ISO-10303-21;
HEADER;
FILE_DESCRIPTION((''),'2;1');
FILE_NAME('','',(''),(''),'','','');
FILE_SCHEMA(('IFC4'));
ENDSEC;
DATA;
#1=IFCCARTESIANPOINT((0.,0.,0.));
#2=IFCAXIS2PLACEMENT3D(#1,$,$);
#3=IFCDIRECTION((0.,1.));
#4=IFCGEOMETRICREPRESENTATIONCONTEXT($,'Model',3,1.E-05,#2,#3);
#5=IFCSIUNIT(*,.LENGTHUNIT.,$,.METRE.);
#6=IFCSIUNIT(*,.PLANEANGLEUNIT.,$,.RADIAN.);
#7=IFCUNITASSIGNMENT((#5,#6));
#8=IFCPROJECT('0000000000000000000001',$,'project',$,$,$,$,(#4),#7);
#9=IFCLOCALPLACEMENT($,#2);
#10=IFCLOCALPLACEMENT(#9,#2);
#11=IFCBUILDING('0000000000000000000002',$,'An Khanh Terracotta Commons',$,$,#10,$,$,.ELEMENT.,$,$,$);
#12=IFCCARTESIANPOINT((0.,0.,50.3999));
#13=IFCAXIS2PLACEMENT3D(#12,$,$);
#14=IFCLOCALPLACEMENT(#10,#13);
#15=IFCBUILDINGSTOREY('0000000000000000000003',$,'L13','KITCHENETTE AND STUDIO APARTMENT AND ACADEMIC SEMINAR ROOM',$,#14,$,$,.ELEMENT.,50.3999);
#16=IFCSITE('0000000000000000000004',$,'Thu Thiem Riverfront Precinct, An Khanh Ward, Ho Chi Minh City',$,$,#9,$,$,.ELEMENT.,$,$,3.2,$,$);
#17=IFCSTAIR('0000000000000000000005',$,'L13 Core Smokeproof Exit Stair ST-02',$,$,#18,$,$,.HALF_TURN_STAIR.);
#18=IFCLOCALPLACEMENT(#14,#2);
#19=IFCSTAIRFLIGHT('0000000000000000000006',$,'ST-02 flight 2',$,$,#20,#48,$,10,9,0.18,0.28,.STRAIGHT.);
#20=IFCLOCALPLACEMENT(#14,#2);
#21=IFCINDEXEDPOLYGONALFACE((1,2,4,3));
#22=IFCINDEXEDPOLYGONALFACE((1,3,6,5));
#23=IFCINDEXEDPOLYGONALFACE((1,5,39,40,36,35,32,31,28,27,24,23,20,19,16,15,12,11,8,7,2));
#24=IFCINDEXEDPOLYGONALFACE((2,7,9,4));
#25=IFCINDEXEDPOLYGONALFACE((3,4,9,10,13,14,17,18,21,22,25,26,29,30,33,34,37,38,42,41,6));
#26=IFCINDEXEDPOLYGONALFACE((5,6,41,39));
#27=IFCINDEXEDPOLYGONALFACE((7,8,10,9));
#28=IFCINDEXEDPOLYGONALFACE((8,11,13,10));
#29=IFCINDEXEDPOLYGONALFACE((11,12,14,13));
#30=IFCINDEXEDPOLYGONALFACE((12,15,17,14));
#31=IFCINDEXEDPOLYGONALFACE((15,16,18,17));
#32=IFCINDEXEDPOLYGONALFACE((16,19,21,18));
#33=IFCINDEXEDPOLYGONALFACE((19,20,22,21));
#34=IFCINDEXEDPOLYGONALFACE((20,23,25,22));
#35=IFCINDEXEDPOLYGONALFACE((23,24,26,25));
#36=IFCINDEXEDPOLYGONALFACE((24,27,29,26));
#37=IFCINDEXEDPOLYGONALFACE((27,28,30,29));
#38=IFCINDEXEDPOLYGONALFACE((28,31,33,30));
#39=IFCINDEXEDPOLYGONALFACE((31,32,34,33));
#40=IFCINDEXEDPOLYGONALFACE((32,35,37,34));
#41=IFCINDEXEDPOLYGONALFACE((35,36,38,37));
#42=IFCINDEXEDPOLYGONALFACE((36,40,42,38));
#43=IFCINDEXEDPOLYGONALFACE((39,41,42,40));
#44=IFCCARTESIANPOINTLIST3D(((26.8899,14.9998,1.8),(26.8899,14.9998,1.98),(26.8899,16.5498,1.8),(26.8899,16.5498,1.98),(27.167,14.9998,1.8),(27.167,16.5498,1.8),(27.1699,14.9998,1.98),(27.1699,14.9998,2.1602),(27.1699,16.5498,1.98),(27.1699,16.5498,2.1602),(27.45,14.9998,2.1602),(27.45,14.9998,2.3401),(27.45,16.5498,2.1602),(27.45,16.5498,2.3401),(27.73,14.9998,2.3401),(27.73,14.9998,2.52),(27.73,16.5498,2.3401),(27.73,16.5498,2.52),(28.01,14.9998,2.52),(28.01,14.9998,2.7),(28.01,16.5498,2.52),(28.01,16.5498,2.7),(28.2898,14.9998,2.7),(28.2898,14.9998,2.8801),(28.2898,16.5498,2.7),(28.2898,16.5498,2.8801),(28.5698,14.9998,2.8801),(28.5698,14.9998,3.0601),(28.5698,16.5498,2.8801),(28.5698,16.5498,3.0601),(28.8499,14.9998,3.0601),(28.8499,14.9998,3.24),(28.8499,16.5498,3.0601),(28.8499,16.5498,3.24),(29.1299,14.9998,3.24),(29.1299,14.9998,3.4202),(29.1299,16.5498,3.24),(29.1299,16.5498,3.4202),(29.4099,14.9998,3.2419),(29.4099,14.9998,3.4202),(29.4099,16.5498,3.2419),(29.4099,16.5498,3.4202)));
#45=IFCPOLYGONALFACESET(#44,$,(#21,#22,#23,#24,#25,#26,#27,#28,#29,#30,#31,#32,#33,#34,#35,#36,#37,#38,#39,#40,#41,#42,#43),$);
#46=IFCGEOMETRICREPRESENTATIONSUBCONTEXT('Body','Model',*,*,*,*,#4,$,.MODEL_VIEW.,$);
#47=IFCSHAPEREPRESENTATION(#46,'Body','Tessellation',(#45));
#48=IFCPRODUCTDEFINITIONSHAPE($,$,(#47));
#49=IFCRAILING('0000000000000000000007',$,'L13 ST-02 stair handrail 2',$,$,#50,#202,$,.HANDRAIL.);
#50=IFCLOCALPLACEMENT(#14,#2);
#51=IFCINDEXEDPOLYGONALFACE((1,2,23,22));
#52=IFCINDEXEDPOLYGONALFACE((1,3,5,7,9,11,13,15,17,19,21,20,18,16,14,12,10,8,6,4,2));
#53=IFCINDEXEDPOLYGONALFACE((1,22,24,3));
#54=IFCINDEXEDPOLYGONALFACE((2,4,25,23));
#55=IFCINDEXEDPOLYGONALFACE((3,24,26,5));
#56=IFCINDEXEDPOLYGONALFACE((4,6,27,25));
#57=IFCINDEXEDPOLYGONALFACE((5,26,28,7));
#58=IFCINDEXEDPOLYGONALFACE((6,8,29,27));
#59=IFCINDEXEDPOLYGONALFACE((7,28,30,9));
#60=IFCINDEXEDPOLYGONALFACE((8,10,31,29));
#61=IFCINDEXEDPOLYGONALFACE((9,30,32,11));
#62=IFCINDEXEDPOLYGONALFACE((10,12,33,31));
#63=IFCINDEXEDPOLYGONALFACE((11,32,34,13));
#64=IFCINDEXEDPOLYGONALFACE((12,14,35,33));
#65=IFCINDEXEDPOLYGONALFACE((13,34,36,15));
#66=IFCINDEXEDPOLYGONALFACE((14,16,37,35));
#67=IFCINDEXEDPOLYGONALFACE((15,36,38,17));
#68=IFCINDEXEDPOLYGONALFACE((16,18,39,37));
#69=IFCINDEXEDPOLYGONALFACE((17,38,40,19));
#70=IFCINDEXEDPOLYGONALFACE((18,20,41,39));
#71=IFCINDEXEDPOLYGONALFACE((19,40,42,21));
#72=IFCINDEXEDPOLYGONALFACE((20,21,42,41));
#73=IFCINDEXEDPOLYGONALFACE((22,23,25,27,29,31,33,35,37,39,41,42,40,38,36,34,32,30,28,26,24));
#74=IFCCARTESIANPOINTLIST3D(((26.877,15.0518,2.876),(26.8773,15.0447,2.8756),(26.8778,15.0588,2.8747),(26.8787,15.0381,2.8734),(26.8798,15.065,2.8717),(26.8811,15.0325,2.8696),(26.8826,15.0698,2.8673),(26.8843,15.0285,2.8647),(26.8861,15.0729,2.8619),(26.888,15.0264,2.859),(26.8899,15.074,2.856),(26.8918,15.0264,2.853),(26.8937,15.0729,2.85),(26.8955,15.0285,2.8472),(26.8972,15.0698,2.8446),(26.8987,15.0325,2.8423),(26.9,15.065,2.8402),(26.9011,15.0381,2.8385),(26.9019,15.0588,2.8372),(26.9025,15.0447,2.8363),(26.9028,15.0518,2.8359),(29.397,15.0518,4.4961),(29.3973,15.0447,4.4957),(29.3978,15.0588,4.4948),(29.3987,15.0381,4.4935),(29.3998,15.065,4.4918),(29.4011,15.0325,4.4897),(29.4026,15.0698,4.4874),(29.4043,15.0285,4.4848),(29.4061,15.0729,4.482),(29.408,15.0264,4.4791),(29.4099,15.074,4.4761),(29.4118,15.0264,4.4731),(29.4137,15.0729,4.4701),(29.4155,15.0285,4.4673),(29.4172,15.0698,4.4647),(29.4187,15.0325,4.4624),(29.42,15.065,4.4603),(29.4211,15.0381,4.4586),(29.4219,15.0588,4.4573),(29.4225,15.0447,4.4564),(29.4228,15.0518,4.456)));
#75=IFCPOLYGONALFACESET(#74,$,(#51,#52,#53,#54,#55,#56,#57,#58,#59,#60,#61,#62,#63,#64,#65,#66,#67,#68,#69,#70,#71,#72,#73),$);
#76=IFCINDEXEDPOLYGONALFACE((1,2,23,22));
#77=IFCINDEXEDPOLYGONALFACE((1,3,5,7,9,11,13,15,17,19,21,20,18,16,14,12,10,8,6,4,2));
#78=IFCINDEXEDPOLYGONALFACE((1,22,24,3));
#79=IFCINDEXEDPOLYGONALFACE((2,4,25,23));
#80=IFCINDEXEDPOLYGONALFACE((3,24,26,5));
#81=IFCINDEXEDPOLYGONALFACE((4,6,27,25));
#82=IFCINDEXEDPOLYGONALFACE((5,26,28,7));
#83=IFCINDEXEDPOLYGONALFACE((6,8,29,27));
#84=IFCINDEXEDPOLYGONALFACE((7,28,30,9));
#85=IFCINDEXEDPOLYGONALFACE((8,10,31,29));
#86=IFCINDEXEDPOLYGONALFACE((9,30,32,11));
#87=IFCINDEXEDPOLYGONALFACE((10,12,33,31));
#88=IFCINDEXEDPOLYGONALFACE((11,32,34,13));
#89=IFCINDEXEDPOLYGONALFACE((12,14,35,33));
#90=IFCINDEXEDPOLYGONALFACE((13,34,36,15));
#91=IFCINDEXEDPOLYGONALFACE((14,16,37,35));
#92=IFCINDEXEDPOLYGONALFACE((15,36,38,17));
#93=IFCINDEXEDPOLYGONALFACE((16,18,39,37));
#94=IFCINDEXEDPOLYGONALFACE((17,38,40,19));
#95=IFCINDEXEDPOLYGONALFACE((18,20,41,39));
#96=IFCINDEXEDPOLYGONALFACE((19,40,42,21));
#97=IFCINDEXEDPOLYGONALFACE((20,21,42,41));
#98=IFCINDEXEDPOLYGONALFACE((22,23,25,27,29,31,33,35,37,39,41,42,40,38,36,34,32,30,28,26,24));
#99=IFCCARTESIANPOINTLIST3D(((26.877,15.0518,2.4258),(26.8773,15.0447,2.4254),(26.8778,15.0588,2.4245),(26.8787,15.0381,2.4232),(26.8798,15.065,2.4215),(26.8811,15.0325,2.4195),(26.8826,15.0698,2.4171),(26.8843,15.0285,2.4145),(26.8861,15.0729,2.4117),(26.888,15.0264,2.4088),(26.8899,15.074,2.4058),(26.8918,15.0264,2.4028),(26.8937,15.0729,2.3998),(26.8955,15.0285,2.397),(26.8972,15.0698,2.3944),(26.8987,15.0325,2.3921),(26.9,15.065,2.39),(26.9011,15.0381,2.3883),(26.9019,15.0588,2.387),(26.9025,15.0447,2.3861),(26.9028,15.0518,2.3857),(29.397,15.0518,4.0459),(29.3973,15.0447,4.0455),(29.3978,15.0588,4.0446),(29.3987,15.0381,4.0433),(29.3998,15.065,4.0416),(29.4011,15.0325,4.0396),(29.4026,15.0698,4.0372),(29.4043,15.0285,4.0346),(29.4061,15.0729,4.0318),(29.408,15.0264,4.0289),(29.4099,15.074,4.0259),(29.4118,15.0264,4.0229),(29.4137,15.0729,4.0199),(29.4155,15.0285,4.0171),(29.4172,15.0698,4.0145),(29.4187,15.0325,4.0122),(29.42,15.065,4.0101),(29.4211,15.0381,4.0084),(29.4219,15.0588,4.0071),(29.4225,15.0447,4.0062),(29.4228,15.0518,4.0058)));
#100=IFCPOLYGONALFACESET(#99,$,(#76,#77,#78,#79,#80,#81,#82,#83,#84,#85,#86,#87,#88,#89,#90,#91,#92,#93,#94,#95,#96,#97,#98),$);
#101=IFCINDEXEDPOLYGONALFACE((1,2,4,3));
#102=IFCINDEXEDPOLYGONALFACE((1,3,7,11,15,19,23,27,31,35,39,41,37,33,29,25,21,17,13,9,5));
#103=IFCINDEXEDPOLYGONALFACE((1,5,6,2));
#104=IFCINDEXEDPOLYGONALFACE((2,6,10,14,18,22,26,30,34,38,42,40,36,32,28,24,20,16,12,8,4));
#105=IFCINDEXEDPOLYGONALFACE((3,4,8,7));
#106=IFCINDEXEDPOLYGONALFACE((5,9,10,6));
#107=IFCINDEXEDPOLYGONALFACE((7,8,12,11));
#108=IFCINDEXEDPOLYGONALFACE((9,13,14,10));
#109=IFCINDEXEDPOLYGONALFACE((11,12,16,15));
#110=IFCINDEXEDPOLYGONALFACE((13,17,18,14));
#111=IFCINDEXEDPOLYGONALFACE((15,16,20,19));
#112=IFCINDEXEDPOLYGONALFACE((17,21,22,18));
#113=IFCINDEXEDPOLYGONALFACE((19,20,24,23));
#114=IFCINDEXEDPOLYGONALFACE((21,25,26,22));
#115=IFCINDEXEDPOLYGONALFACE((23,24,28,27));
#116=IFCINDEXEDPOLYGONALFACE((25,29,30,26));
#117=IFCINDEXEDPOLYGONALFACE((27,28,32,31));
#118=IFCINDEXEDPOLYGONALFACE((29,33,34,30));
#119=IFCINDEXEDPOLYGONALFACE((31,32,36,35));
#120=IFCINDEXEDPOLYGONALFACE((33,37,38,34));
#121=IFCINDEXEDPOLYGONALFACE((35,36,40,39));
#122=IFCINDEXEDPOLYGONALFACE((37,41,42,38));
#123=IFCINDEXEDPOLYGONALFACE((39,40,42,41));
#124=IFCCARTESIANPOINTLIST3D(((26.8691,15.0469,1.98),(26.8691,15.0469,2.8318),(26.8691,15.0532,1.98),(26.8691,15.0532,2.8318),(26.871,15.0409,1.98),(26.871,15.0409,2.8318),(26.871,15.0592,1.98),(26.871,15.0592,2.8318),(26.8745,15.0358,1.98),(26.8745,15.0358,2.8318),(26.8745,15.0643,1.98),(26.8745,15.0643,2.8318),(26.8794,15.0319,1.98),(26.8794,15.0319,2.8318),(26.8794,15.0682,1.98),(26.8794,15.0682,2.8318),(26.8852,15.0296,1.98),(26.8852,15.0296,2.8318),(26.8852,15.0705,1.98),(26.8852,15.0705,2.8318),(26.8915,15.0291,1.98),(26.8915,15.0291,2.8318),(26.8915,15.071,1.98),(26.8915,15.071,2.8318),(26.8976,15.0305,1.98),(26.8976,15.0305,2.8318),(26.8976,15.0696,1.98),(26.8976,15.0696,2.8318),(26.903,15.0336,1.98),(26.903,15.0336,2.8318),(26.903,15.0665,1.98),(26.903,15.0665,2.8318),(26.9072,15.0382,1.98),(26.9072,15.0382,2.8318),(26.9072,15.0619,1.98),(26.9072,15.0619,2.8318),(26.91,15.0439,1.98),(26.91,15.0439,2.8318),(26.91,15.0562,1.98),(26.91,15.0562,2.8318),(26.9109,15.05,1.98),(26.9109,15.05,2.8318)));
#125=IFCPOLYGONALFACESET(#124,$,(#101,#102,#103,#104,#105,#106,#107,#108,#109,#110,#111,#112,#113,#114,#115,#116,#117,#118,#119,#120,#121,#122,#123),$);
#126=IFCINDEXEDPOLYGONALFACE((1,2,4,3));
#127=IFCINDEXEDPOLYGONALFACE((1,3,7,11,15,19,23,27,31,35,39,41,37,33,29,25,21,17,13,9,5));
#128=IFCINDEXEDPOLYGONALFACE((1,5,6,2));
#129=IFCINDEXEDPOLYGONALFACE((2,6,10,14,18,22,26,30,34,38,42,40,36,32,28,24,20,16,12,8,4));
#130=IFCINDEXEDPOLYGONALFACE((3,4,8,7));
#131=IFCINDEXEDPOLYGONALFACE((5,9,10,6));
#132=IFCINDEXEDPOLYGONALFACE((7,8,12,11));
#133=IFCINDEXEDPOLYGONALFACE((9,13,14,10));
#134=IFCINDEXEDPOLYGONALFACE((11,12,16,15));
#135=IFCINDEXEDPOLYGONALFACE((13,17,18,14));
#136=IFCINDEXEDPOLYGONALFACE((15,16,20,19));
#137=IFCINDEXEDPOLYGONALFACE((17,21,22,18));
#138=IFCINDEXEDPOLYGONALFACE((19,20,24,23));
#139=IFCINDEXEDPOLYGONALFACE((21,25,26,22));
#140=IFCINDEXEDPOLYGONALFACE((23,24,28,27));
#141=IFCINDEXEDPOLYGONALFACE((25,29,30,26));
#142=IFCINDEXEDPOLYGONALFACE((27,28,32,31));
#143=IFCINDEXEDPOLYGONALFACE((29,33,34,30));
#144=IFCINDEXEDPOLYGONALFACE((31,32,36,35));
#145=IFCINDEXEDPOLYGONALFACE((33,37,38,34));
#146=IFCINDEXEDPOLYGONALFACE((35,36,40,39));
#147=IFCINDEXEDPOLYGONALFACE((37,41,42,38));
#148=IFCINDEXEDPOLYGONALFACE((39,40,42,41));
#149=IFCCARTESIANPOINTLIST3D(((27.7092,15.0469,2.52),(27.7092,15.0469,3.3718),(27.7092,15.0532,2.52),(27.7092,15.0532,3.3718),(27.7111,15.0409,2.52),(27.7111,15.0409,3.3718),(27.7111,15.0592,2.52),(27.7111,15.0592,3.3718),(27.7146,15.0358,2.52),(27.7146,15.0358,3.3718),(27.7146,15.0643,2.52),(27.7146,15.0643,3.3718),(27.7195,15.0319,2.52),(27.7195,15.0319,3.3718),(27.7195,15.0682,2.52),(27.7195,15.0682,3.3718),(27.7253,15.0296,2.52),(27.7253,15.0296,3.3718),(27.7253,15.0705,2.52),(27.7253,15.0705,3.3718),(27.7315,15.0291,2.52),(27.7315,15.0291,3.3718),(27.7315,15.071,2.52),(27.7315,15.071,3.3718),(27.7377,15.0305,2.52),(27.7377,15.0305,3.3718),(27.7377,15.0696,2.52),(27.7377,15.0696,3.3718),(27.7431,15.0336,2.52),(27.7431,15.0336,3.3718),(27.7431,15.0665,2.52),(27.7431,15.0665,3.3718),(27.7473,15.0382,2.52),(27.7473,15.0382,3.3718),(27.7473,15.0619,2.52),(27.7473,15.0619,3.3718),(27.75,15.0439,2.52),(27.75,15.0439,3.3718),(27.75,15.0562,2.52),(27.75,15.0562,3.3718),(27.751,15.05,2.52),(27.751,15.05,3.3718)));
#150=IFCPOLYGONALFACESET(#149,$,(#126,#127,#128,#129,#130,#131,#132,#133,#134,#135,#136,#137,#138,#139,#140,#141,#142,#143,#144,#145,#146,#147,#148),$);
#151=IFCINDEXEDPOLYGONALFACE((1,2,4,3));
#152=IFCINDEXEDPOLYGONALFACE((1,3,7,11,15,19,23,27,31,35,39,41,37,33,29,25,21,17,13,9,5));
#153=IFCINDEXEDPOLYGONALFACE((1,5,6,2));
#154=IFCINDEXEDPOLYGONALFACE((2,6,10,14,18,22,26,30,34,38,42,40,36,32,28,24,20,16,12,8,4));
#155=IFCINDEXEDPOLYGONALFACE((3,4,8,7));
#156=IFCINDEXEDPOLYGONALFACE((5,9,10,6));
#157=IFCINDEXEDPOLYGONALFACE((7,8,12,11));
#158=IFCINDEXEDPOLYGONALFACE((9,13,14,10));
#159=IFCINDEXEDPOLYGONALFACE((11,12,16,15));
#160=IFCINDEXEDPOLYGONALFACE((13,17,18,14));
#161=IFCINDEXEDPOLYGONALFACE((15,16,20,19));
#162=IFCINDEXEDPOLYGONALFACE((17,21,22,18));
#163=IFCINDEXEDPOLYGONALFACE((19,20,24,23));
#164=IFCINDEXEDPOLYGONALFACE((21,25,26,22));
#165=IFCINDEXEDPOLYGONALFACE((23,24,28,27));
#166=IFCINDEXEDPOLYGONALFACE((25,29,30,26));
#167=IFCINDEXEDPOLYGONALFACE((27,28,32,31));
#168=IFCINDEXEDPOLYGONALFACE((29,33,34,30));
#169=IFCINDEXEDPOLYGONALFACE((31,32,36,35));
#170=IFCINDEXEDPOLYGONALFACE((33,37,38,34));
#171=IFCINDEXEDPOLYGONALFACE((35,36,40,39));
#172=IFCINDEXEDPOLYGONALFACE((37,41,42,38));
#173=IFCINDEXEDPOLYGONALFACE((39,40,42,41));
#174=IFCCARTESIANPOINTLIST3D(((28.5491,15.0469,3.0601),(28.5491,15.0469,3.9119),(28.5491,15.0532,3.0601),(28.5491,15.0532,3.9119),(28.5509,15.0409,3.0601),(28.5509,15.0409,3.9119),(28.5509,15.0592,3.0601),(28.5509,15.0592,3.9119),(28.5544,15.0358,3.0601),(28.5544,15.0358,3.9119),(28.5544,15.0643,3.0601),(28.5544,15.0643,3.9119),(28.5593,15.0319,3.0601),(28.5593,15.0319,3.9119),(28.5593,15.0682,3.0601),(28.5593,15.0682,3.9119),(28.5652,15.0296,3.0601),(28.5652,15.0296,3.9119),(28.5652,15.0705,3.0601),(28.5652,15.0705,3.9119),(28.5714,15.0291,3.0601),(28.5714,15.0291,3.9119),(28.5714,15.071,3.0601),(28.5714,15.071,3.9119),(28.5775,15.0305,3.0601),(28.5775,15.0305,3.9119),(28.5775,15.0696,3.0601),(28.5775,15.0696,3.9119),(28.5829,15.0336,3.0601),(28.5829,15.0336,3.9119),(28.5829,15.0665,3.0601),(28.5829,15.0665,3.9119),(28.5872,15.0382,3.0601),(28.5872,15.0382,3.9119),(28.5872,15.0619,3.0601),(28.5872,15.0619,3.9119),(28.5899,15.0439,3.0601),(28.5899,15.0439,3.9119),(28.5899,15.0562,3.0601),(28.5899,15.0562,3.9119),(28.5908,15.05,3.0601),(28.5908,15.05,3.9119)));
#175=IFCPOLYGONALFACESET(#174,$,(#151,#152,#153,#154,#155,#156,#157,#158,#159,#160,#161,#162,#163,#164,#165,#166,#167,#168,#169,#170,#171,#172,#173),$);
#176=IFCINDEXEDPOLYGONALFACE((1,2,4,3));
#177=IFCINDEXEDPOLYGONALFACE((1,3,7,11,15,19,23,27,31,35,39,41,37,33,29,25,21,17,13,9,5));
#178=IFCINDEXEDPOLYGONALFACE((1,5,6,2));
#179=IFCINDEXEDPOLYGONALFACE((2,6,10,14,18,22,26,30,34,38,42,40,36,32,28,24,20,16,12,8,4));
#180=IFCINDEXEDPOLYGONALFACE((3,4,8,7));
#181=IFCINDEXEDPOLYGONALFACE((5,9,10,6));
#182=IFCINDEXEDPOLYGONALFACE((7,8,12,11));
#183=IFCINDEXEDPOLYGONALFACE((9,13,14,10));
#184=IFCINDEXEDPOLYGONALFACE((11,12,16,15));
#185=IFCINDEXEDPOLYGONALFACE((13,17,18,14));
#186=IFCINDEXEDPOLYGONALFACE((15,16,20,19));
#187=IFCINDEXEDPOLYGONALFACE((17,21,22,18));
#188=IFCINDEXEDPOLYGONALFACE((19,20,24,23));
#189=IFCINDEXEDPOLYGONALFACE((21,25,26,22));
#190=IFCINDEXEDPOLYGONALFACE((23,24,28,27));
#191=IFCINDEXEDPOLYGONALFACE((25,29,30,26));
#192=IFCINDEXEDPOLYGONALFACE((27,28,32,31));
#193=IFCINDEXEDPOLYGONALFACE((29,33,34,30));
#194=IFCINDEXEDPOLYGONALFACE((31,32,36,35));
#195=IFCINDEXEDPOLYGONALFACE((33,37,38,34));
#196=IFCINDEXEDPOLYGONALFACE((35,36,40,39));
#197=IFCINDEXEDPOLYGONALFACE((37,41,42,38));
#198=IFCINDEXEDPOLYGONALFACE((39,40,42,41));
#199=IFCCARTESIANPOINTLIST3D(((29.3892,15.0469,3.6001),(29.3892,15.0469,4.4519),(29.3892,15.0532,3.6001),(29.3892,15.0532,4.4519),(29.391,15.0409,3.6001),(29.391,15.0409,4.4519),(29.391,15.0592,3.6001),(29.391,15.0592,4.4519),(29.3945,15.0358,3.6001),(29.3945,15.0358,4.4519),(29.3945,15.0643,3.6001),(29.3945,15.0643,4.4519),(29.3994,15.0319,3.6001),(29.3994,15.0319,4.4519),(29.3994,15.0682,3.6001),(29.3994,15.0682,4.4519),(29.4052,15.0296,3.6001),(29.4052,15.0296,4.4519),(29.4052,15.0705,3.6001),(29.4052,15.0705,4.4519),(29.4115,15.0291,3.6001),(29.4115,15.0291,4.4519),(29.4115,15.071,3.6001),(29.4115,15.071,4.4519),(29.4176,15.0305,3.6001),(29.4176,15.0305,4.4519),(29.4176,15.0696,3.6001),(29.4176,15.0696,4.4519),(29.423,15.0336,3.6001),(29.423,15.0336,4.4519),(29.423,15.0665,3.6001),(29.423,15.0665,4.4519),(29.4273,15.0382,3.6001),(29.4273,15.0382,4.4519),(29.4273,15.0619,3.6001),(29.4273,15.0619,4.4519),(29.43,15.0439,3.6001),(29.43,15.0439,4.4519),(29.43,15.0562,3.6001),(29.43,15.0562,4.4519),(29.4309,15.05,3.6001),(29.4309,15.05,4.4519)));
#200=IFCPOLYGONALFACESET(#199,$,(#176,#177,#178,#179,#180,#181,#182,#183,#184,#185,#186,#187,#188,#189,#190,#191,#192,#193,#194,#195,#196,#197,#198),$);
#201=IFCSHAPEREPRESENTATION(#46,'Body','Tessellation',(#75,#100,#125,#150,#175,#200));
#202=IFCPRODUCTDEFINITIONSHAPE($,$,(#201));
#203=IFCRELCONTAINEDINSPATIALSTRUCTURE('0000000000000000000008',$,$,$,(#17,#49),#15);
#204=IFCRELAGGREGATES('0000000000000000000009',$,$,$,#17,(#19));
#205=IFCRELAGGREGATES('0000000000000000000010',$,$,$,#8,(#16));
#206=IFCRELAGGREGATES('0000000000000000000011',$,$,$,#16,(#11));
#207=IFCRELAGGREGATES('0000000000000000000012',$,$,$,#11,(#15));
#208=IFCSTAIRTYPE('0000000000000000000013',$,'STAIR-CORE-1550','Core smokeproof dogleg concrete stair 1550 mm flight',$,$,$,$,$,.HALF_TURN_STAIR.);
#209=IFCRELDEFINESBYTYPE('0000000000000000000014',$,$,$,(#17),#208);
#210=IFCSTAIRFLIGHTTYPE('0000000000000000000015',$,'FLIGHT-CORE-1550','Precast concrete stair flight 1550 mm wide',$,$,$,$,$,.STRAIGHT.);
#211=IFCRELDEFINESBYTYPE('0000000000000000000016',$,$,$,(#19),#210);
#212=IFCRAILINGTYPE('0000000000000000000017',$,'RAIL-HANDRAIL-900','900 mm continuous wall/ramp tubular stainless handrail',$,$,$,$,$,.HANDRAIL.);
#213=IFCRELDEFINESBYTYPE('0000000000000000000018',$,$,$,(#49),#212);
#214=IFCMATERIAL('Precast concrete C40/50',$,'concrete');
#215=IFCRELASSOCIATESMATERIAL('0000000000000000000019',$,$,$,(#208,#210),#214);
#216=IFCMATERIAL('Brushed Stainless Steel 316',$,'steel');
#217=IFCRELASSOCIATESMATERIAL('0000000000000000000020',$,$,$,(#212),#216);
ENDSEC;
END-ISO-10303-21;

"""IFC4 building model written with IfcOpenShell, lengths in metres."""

from ifc_helpers import new_model, si_unit, direction, frame, origin, origin_2d, place, context, subcontext, project, spatial, polyline, circle, outline, extrude, material, type_object, element, aggregate, save


model = new_model("IFC4")

# Units and contexts
model_context = context("Model", 3, precision=1e-05, world=origin(), true_north=direction((0.0, 1.0)))
body_context = subcontext(model_context, "Body", "Model", "MODEL_VIEW")
ifc_project = project(units=[si_unit("LENGTHUNIT", "METRE"), si_unit("PLANEANGLEUNIT", "RADIAN")], contexts=[model_context])

# Site, building, storey
site_placement = place(None, origin())
site = spatial("IfcSite", under=ifc_project, at=site_placement, Name="Thu Thiem Riverfront Precinct, An Khanh Ward, Ho Chi Minh City", CompositionType="ELEMENT", RefElevation=3.2)
building_placement = place(site_placement, origin())
building = spatial("IfcBuilding", under=site, at=building_placement, Name="An Khanh Terracotta Commons", CompositionType="ELEMENT")
storey_placement = place(building_placement, frame((0.0, 0.0, 50.3999)))
storey = spatial("IfcBuildingStorey", under=building, at=storey_placement, Name="L13", Description="KITCHENETTE AND STUDIO APARTMENT AND ACADEMIC SEMINAR ROOM", CompositionType="ELEMENT", Elevation=50.3999)

# Stair, stair flight
ifc_material_1 = material(Name="Precast concrete C40/50", Category="concrete")
stair_type = type_object("IfcStairType", Name="STAIR-CORE-1550", Description="Core smokeproof dogleg concrete stair 1550 mm flight", PredefinedType="HALF_TURN_STAIR", material=ifc_material_1)
stair_placement = place(storey_placement, origin())
stair = element("IfcStair", 1, at=stair_placement, inside=storey, type_object=stair_type, Name="L13 Core Smokeproof Exit Stair ST-02", PredefinedType="HALF_TURN_STAIR")
stair_flight_type = type_object("IfcStairFlightType", Name="FLIGHT-CORE-1550", Description="Precast concrete stair flight 1550 mm wide", PredefinedType="STRAIGHT", material=ifc_material_1)
stair_flight_1_placement = place(storey_placement, frame((26.8899, 15.7749, 1.8), z_axis=(0.0, 0.0, 1.0), x_axis=(1.0, 0.0, 0.0)))
stair_flight_1 = element("IfcStairFlight", 2, at=stair_flight_1_placement, type_object=stair_flight_type, Name="ST-02 flight 2", NumberOfRisers=10, NumberOfTreads=9, PredefinedType="STRAIGHT", RiserHeight=0.18, TreadLength=0.28, context=body_context, shape_type="SweptSolid", body=[
    extrude(outline(polyline([(0.0, 0.0), (0.0, 0.1799), (0.28, 0.1799), (0.28, 0.3601), (0.5601, 0.3601), (0.5601, 0.54), (0.8401, 0.54), (0.8401, 0.72), (1.1201, 0.72), (1.1201, 0.8999), (1.3999, 0.8999), (1.3999, 1.0801), (1.6799, 1.0801), (1.6799, 1.26), (1.96, 1.26), (1.96, 1.4399), (2.24, 1.4399), (2.24, 1.6201), (2.52, 1.6201), (2.52, 1.8), (2.52, 1.4419), (0.2771, 0.0), (0.0, 0.0)])), frame((0.0, 0.7749, 0.0), z_axis=(0.0, -1.0, 0.0), x_axis=(1.0, 0.0, 0.0)), (0.0, 0.0, 1.0), 1.55),
])
aggregate(stair, [stair_flight_1])

# Railing
ifc_material_2 = material(Name="Brushed Stainless Steel 316", Category="steel")
railing_type_1 = type_object("IfcRailingType", Name="RAIL-HANDRAIL-900", Description="900 mm continuous wall/ramp tubular stainless handrail", PredefinedType="HANDRAIL", material=ifc_material_2)
railing_1_placement = place(storey_placement, frame((26.8899, 15.05, 1.98)))
element("IfcRailing", 3, at=railing_1_placement, inside=storey, type_object=railing_type_1, Name="L13 ST-02 stair handrail 2", PredefinedType="HANDRAIL", context=body_context, shape_type="SweptSolid", body=[
    extrude(circle(Radius=0.0239, at=origin_2d()), frame((0.0, 0.0, 0.876), z_axis=(0.841163, 0.0, 0.540782), x_axis=(0.0, 1.0, 0.0)), (0.0, 0.0, 1.0), 2.9958),
    extrude(circle(Radius=0.0239, at=origin_2d()), frame((0.0, 0.0, 0.4258), z_axis=(0.841163, 0.0, 0.540782), x_axis=(0.0, 1.0, 0.0)), (0.0, 0.0, 1.0), 2.9958),
    extrude(circle(Radius=0.021, at=origin_2d()), origin(), (0.0, 0.0, 1.0), 0.8518),
    extrude(circle(Radius=0.021, at=origin_2d()), frame((0.8401, 0.0, 0.54)), (0.0, 0.0, 1.0), 0.8518),
    extrude(circle(Radius=0.021, at=origin_2d()), frame((1.6799, 0.0, 1.0801)), (0.0, 0.0, 1.0), 0.8518),
    extrude(circle(Radius=0.021, at=origin_2d()), frame((2.52, 0.0, 1.6201)), (0.0, 0.0, 1.0), 0.8518),
])

save(model, "model.ifc")
